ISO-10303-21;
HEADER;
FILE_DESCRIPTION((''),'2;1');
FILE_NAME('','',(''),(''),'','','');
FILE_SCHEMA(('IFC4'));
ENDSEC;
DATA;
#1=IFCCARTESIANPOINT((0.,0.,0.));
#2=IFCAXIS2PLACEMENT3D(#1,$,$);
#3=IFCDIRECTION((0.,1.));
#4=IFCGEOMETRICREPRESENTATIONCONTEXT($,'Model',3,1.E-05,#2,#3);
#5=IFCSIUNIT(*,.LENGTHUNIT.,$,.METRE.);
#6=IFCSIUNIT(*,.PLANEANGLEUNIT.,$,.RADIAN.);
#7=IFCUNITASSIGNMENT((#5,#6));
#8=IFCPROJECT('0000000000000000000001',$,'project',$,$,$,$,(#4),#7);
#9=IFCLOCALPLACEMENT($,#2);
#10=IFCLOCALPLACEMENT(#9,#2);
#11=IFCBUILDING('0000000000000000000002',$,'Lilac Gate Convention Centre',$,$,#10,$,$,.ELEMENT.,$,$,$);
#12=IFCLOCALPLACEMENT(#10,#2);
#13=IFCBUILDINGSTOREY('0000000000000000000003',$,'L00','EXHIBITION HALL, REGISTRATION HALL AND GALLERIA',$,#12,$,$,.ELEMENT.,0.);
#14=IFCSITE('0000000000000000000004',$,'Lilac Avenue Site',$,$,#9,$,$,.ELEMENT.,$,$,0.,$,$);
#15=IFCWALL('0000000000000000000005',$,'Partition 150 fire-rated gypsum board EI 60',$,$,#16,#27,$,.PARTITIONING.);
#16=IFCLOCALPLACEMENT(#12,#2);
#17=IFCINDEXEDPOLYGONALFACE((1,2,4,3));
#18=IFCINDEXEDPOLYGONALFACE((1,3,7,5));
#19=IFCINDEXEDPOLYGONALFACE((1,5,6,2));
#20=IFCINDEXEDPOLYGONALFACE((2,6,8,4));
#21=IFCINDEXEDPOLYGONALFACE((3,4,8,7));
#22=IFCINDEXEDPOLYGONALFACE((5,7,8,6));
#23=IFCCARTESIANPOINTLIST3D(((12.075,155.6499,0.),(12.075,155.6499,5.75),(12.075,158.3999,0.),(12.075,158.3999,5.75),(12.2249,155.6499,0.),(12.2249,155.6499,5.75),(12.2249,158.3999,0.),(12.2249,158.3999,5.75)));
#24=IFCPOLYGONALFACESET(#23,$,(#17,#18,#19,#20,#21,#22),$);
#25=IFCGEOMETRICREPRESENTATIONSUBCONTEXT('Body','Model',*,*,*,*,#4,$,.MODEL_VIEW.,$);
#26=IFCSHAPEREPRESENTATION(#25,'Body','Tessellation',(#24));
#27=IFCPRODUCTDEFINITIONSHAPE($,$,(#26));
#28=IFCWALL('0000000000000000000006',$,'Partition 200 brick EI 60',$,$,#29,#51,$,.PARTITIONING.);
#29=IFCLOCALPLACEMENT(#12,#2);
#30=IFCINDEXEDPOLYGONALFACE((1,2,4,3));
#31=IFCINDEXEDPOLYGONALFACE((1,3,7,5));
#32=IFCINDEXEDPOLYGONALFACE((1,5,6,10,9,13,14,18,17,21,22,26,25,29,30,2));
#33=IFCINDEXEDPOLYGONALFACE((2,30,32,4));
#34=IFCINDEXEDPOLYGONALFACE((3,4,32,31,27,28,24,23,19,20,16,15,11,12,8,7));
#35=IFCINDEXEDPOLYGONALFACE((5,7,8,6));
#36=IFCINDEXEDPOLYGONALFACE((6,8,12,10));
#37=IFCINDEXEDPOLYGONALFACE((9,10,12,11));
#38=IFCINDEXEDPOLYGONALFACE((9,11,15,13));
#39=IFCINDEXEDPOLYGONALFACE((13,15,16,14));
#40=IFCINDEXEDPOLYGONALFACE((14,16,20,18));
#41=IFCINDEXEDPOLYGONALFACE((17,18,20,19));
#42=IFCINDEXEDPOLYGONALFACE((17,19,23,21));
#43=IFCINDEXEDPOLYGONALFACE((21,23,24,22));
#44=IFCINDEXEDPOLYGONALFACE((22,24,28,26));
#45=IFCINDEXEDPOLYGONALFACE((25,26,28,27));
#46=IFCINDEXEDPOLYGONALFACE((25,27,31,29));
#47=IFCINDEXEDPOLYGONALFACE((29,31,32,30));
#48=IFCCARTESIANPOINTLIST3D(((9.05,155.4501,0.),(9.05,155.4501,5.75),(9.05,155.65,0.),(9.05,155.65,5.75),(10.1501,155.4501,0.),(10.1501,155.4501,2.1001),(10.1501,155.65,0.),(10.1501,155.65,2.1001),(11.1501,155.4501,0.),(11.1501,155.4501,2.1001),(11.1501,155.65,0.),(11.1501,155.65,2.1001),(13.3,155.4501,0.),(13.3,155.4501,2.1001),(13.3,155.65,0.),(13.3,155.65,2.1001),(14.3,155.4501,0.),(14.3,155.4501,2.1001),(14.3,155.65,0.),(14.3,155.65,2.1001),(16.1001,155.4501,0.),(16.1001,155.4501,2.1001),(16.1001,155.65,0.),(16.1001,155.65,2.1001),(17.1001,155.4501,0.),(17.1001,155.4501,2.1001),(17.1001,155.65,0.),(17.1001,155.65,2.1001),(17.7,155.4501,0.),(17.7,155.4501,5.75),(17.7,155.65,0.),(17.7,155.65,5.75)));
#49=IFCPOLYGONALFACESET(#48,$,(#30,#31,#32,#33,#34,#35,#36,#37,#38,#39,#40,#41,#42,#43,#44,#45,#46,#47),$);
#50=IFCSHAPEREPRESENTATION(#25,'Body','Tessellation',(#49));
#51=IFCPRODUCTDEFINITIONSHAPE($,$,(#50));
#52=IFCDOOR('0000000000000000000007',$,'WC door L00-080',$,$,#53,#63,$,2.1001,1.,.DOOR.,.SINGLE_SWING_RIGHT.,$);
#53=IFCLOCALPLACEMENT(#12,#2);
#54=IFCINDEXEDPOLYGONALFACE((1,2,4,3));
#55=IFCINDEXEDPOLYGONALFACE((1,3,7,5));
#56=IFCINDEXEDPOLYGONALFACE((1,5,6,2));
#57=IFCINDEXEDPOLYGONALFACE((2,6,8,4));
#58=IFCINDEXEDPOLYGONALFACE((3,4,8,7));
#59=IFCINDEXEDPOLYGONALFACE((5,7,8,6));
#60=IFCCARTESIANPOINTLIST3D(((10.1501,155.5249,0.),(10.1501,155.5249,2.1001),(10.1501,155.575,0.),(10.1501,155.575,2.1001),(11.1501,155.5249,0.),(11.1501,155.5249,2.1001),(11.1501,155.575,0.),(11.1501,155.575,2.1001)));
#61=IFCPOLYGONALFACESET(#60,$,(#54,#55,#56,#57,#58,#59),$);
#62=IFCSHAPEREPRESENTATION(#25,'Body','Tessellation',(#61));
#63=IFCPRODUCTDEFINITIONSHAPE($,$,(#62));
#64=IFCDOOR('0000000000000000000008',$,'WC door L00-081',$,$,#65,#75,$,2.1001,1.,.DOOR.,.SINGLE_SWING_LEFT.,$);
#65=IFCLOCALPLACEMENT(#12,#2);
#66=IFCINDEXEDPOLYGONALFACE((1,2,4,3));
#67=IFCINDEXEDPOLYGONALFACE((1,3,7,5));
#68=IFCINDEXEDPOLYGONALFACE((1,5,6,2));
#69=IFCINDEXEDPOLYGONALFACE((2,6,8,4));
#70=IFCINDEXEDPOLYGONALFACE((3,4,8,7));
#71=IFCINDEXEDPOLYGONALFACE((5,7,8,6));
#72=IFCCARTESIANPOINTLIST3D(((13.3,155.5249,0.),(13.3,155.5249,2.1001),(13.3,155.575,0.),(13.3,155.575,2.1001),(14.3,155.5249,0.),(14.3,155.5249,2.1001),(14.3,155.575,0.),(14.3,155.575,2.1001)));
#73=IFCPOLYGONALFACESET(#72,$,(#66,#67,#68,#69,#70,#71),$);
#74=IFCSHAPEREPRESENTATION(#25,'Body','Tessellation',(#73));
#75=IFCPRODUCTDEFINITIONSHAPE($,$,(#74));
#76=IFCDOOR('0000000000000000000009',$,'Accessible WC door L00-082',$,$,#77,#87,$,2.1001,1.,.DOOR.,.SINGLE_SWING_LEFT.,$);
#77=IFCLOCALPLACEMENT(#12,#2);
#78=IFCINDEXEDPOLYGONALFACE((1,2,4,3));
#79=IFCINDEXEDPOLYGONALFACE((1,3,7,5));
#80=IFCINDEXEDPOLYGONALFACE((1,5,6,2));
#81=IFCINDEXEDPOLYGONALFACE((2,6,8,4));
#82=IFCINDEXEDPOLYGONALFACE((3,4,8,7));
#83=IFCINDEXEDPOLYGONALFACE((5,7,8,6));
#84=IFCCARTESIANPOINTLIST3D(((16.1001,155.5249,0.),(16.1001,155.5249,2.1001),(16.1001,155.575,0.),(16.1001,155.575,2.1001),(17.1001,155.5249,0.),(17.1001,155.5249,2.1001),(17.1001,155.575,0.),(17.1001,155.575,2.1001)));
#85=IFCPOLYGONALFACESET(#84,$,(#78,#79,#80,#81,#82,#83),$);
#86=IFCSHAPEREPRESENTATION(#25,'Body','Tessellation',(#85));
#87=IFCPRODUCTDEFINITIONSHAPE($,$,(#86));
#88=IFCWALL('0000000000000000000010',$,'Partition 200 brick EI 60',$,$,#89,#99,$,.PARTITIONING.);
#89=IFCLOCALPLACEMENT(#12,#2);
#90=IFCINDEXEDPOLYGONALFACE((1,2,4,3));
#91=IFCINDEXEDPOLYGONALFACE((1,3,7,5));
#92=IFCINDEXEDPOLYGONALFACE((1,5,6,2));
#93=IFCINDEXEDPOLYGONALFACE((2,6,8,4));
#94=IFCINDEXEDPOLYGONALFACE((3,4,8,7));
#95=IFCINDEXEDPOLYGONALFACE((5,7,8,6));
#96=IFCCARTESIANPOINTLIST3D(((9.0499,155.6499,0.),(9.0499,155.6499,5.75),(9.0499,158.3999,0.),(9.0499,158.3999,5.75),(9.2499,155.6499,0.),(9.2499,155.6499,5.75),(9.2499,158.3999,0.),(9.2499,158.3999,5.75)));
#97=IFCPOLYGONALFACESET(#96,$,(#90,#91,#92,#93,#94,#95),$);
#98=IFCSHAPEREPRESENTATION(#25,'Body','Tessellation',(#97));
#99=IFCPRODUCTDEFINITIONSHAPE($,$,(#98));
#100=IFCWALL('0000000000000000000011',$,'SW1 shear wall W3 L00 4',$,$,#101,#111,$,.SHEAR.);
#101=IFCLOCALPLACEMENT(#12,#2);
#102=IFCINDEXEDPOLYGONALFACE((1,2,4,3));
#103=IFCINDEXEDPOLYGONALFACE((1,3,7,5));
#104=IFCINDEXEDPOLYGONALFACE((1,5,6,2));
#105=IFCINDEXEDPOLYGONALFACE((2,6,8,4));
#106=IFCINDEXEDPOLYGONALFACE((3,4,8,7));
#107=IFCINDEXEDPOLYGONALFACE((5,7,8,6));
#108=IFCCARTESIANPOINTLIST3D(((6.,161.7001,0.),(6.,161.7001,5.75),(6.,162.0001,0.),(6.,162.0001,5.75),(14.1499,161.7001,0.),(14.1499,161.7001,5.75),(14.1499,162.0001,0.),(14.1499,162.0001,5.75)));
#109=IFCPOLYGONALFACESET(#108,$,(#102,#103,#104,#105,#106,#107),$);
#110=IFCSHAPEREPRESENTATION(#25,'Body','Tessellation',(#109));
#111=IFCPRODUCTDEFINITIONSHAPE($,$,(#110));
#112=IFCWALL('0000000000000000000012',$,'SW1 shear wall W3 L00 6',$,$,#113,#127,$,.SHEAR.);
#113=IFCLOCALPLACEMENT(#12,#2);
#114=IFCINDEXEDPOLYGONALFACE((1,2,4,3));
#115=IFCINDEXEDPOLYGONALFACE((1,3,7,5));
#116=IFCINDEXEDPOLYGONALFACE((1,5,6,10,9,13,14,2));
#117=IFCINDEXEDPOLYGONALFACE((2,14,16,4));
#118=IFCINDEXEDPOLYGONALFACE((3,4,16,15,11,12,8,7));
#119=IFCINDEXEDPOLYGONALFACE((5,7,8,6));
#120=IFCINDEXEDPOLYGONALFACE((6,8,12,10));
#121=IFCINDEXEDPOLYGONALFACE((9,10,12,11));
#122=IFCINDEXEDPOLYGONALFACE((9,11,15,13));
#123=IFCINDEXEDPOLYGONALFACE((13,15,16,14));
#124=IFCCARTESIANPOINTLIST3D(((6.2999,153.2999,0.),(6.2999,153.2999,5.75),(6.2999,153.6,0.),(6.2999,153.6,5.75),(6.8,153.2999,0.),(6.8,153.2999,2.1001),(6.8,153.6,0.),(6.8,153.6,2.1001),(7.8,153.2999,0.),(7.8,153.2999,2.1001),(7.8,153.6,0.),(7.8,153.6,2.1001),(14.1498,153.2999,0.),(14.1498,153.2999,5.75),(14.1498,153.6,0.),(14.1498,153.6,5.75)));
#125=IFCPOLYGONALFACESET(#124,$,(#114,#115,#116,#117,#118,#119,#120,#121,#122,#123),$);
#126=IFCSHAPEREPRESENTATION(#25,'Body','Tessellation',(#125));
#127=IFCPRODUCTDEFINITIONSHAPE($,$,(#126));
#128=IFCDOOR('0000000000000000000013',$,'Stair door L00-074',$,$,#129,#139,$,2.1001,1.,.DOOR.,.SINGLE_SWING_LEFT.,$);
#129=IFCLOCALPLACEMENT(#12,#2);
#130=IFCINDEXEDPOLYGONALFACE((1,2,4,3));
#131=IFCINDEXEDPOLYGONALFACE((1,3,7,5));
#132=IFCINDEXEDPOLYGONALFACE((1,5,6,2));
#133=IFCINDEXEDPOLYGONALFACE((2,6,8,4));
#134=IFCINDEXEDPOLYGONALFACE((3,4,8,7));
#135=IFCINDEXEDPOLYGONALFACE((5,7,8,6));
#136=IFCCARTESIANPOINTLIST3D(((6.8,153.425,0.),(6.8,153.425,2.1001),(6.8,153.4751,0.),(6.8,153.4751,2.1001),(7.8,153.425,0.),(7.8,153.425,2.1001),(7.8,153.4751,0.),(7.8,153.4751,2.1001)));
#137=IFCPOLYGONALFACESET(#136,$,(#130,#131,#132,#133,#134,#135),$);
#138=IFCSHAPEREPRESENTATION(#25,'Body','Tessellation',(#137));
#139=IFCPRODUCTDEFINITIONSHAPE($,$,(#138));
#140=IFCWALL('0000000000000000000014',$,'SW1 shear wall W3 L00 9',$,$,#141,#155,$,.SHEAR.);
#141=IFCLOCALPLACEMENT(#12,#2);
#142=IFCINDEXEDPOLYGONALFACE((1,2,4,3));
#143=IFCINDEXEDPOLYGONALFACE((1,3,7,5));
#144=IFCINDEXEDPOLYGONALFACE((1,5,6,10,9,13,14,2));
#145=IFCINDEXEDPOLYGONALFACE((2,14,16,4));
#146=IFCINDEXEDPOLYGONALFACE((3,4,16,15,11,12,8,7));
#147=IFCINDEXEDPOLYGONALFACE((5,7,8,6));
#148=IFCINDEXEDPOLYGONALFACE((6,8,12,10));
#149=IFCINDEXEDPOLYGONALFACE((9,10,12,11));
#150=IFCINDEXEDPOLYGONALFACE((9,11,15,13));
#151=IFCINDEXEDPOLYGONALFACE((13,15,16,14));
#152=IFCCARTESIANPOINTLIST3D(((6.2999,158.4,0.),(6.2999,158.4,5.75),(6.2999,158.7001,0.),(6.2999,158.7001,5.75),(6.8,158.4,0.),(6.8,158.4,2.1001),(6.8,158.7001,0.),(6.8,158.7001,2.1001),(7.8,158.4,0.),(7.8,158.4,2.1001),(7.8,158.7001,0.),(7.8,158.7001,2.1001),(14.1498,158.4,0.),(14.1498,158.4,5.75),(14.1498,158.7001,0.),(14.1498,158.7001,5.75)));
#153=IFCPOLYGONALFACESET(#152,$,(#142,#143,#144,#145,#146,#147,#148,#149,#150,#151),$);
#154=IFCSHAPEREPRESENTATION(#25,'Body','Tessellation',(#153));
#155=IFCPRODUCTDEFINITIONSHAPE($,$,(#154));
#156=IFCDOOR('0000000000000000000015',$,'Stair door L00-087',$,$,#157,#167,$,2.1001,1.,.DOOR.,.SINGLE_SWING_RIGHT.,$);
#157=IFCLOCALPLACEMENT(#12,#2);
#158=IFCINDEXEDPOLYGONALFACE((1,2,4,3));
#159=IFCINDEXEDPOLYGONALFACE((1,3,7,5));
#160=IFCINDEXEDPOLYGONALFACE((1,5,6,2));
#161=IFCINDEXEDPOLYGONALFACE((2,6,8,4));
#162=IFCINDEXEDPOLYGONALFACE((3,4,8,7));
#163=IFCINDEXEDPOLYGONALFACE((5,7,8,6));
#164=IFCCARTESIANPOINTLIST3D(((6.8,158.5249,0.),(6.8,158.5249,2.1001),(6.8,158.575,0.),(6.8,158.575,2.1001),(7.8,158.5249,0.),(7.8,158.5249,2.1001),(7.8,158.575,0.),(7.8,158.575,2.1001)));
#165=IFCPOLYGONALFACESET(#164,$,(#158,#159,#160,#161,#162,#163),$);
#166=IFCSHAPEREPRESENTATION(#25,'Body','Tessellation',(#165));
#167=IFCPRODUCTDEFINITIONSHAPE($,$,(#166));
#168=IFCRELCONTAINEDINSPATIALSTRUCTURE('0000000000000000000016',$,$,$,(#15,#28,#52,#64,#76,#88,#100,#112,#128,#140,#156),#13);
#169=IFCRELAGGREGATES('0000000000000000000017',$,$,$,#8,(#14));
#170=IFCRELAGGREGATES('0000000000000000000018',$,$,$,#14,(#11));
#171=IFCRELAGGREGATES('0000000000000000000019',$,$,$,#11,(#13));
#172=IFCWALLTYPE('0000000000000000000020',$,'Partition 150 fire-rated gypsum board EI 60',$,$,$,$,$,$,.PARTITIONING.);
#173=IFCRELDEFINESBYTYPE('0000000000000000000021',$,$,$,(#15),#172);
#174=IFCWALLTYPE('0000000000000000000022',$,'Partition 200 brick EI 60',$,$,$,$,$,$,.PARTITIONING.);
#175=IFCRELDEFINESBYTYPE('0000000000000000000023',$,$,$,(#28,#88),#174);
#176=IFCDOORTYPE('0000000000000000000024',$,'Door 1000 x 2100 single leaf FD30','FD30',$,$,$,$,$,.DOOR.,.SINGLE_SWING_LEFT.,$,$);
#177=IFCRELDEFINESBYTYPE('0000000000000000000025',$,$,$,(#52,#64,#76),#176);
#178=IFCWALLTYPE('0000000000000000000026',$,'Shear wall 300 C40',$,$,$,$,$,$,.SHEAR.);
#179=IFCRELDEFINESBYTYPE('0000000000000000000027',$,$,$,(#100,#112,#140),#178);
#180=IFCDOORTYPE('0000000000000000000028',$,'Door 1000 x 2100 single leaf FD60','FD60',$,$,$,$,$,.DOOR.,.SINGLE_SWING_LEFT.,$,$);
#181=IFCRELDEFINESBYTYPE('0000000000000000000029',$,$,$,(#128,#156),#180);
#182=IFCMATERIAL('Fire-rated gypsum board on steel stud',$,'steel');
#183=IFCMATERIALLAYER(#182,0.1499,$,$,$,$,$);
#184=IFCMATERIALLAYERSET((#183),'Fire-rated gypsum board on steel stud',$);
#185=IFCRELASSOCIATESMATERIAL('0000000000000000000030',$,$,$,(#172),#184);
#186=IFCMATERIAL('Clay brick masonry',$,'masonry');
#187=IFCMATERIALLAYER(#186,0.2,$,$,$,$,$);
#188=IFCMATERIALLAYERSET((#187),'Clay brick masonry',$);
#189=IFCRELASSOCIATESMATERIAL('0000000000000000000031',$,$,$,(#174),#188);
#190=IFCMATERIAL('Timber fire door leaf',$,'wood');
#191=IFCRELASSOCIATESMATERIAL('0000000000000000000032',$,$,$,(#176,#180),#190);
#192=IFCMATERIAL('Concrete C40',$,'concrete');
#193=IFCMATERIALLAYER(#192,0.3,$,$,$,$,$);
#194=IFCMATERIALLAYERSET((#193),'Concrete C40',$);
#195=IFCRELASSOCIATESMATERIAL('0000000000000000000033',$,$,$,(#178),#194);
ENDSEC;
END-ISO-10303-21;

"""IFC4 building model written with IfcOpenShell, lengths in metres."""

from ifc_helpers import new_model, si_unit, direction, frame, frame_2d, origin, place, context, subcontext, project, spatial, rectangle, extrude, material, layer, layer_set, type_object, element, fill, save


model = new_model("IFC4")

# Units and contexts
model_context = context("Model", 3, precision=1e-05, world=origin(), true_north=direction((0.0, 1.0)))
body_context = subcontext(model_context, "Body", "Model", "MODEL_VIEW")
ifc_project = project(units=[si_unit("LENGTHUNIT", "METRE"), si_unit("PLANEANGLEUNIT", "RADIAN")], contexts=[model_context])

# Site, building, storey
site_placement = place(None, origin())
site = spatial("IfcSite", under=ifc_project, at=site_placement, Name="Lilac Avenue Site", CompositionType="ELEMENT", RefElevation=0.0)
building_placement = place(site_placement, origin())
building = spatial("IfcBuilding", under=site, at=building_placement, Name="Lilac Gate Convention Centre", CompositionType="ELEMENT")
storey_placement = place(building_placement, origin())
storey = spatial("IfcBuildingStorey", under=building, at=storey_placement, Name="L00", Description="EXHIBITION HALL, REGISTRATION HALL AND GALLERIA", CompositionType="ELEMENT", Elevation=0.0)

# Wall
ifc_material_1 = material(Name="Fire-rated gypsum board on steel stud", Category="steel")
ifc_layer_1 = layer(ifc_material_1, 0.1499)
ifc_layer_set_1 = layer_set([ifc_layer_1], Name="Fire-rated gypsum board on steel stud")
wall_type_1 = type_object("IfcWallType", Name="Partition 150 fire-rated gypsum board EI 60", PredefinedType="PARTITIONING", material=ifc_layer_set_1)
wall_1_placement = place(storey_placement, frame((12.1499, 155.6499, 0.0), z_axis=(0.0, 0.0, 1.0), x_axis=(0.0, 1.0, 0.0)))
element("IfcWall", 1, at=wall_1_placement, inside=storey, type_object=wall_type_1, Name="Partition 150 fire-rated gypsum board EI 60", PredefinedType="PARTITIONING", context=body_context, shape_type="SweptSolid", body=[
    extrude(rectangle(XDim=2.75, YDim=0.1499, at=frame_2d((1.375, 0.0))), origin(), (0.0, 0.0, 1.0), 5.75),
])

# Wall, openings, doors
ifc_material_2 = material(Name="Clay brick masonry", Category="masonry")
ifc_layer_2 = layer(ifc_material_2, 0.2)
ifc_layer_set_2 = layer_set([ifc_layer_2], Name="Clay brick masonry")
wall_type_2 = type_object("IfcWallType", Name="Partition 200 brick EI 60", PredefinedType="PARTITIONING", material=ifc_layer_set_2)
wall_2_placement = place(storey_placement, frame((9.05, 155.55, 0.0), z_axis=(0.0, 0.0, 1.0), x_axis=(1.0, 0.0, 0.0)))
wall_2 = element("IfcWall", 2, at=wall_2_placement, inside=storey, type_object=wall_type_2, Name="Partition 200 brick EI 60", PredefinedType="PARTITIONING", context=body_context, shape_type="SweptSolid", body=[
    extrude(rectangle(XDim=8.6499, YDim=0.2, at=frame_2d((4.325, 0.0))), origin(), (0.0, 0.0, 1.0), 5.75),
])
opening_1_placement = place(wall_2_placement, frame((1.1001, 0.0, 0.0)))
opening_1 = element("IfcOpeningElement", 3, at=opening_1_placement, cuts=wall_2, PredefinedType="OPENING", context=body_context, shape_type="SweptSolid", body=[
    extrude(rectangle(XDim=1.0, YDim=2.1001, at=frame_2d((0.5, 1.05))), frame((0.0, 0.1099, 0.0), z_axis=(0.0, -1.0, 0.0), x_axis=(1.0, 0.0, 0.0)), (0.0, 0.0, 1.0), 0.22),
])
opening_2_placement = place(wall_2_placement, frame((4.25, 0.0, 0.0)))
opening_2 = element("IfcOpeningElement", 4, at=opening_2_placement, cuts=wall_2, PredefinedType="OPENING", context=body_context, shape_type="SweptSolid", body=[
    extrude(rectangle(XDim=1.0, YDim=2.1001, at=frame_2d((0.5, 1.05))), frame((0.0, 0.1099, 0.0), z_axis=(0.0, -1.0, 0.0), x_axis=(1.0, 0.0, 0.0)), (0.0, 0.0, 1.0), 0.22),
])
opening_3_placement = place(wall_2_placement, frame((7.05, 0.0, 0.0)))
opening_3 = element("IfcOpeningElement", 5, at=opening_3_placement, cuts=wall_2, PredefinedType="OPENING", context=body_context, shape_type="SweptSolid", body=[
    extrude(rectangle(XDim=1.0, YDim=2.1001, at=frame_2d((0.5, 1.05))), frame((0.0, 0.1099, 0.0), z_axis=(0.0, -1.0, 0.0), x_axis=(1.0, 0.0, 0.0)), (0.0, 0.0, 1.0), 0.22),
])
ifc_material_3 = material(Name="Timber fire door leaf", Category="wood")
door_type_1 = type_object("IfcDoorType", Name="Door 1000 x 2100 single leaf FD30", Description="FD30", OperationType="SINGLE_SWING_LEFT", PredefinedType="DOOR", material=ifc_material_3)
door_1_placement = place(opening_1_placement, origin())
door_1 = element("IfcDoor", 6, at=door_1_placement, inside=storey, type_object=door_type_1, Name="WC door L00-080", OperationType="SINGLE_SWING_RIGHT", OverallHeight=2.1001, OverallWidth=1.0, PredefinedType="DOOR", context=body_context, shape_type="SweptSolid", body=[
    extrude(rectangle(XDim=1.0, YDim=2.1001, at=frame_2d((0.5, 1.05))), frame((0.0, 0.0249, 0.0), z_axis=(0.0, -1.0, 0.0), x_axis=(1.0, 0.0, 0.0)), (0.0, 0.0, 1.0), 0.05),
])
fill(opening_1, door_1)
door_2_placement = place(opening_2_placement, origin())
door_2 = element("IfcDoor", 7, at=door_2_placement, inside=storey, type_object=door_type_1, Name="WC door L00-081", OperationType="SINGLE_SWING_LEFT", OverallHeight=2.1001, OverallWidth=1.0, PredefinedType="DOOR", context=body_context, shape_type="SweptSolid", body=[
    extrude(rectangle(XDim=1.0, YDim=2.1001, at=frame_2d((0.5, 1.05))), frame((0.0, 0.0249, 0.0), z_axis=(0.0, -1.0, 0.0), x_axis=(1.0, 0.0, 0.0)), (0.0, 0.0, 1.0), 0.05),
])
fill(opening_2, door_2)
door_3_placement = place(opening_3_placement, origin())
door_3 = element("IfcDoor", 8, at=door_3_placement, inside=storey, type_object=door_type_1, Name="Accessible WC door L00-082", OperationType="SINGLE_SWING_LEFT", OverallHeight=2.1001, OverallWidth=1.0, PredefinedType="DOOR", context=body_context, shape_type="SweptSolid", body=[
    extrude(rectangle(XDim=1.0, YDim=2.1001, at=frame_2d((0.5, 1.05))), frame((0.0, 0.0249, 0.0), z_axis=(0.0, -1.0, 0.0), x_axis=(1.0, 0.0, 0.0)), (0.0, 0.0, 1.0), 0.05),
])
fill(opening_3, door_3)

# Walls
wall_3_placement = place(storey_placement, frame((9.1499, 155.6499, 0.0), z_axis=(0.0, 0.0, 1.0), x_axis=(0.0, 1.0, 0.0)))
element("IfcWall", 9, at=wall_3_placement, inside=storey, type_object=wall_type_2, Name="Partition 200 brick EI 60", PredefinedType="PARTITIONING", context=body_context, shape_type="SweptSolid", body=[
    extrude(rectangle(XDim=2.75, YDim=0.2, at=frame_2d((1.375, 0.0))), origin(), (0.0, 0.0, 1.0), 5.75),
])
ifc_material_4 = material(Name="Concrete C40", Category="concrete")
ifc_layer_3 = layer(ifc_material_4, 0.3)
ifc_layer_set_3 = layer_set([ifc_layer_3], Name="Concrete C40")
wall_type_3 = type_object("IfcWallType", Name="Shear wall 300 C40", PredefinedType="SHEAR", material=ifc_layer_set_3)
wall_4_placement = place(storey_placement, frame((6.0, 161.8501, 0.0), z_axis=(0.0, 0.0, 1.0), x_axis=(1.0, 0.0, 0.0)))
element("IfcWall", 10, at=wall_4_placement, inside=storey, type_object=wall_type_3, Name="SW1 shear wall W3 L00 4", PredefinedType="SHEAR", context=body_context, shape_type="SweptSolid", body=[
    extrude(rectangle(XDim=8.1499, YDim=0.3, at=frame_2d((4.075, 0.0))), origin(), (0.0, 0.0, 1.0), 5.75),
])

# Walls, openings, doors
wall_5_placement = place(storey_placement, frame((6.3, 153.45, 0.0), z_axis=(0.0, 0.0, 1.0), x_axis=(1.0, 0.0, 0.0)))
wall_5 = element("IfcWall", 11, at=wall_5_placement, inside=storey, type_object=wall_type_3, Name="SW1 shear wall W3 L00 6", PredefinedType="SHEAR", context=body_context, shape_type="SweptSolid", body=[
    extrude(rectangle(XDim=7.8499, YDim=0.3, at=frame_2d((3.9248, 0.0))), origin(), (0.0, 0.0, 1.0), 5.75),
])
opening_4_placement = place(wall_5_placement, frame((0.5, 0.0, 0.0)))
opening_4 = element("IfcOpeningElement", 12, at=opening_4_placement, cuts=wall_5, PredefinedType="OPENING", context=body_context, shape_type="SweptSolid", body=[
    extrude(rectangle(XDim=1.0, YDim=2.1001, at=frame_2d((0.5, 1.05))), frame((0.0, 0.1599, 0.0), z_axis=(0.0, -1.0, 0.0), x_axis=(1.0, 0.0, 0.0)), (0.0, 0.0, 1.0), 0.3201),
])
door_type_2 = type_object("IfcDoorType", Name="Door 1000 x 2100 single leaf FD60", Description="FD60", OperationType="SINGLE_SWING_LEFT", PredefinedType="DOOR", material=ifc_material_3)
door_4_placement = place(opening_4_placement, frame((1.0, 0.0, 0.0), z_axis=(0.0, 0.0, 1.0), x_axis=(-1.0, 0.0, 0.0)))
door_4 = element("IfcDoor", 13, at=door_4_placement, inside=storey, type_object=door_type_2, Name="Stair door L00-074", OperationType="SINGLE_SWING_LEFT", OverallHeight=2.1001, OverallWidth=1.0, PredefinedType="DOOR", context=body_context, shape_type="SweptSolid", body=[
    extrude(rectangle(XDim=1.0, YDim=2.1001, at=frame_2d((0.5, 1.05))), frame((0.0, 0.0249, 0.0), z_axis=(0.0, -1.0, 0.0), x_axis=(1.0, 0.0, 0.0)), (0.0, 0.0, 1.0), 0.05),
])
fill(opening_4, door_4)
wall_6_placement = place(storey_placement, frame((6.3, 158.55, 0.0), z_axis=(0.0, 0.0, 1.0), x_axis=(1.0, 0.0, 0.0)))
wall_6 = element("IfcWall", 14, at=wall_6_placement, inside=storey, type_object=wall_type_3, Name="SW1 shear wall W3 L00 9", PredefinedType="SHEAR", context=body_context, shape_type="SweptSolid", body=[
    extrude(rectangle(XDim=7.8499, YDim=0.3, at=frame_2d((3.9248, 0.0))), origin(), (0.0, 0.0, 1.0), 5.75),
])
opening_5_placement = place(wall_6_placement, frame((0.5, 0.0, 0.0)))
opening_5 = element("IfcOpeningElement", 15, at=opening_5_placement, cuts=wall_6, PredefinedType="OPENING", context=body_context, shape_type="SweptSolid", body=[
    extrude(rectangle(XDim=1.0, YDim=2.1001, at=frame_2d((0.5, 1.05))), frame((0.0, 0.1599, 0.0), z_axis=(0.0, -1.0, 0.0), x_axis=(1.0, 0.0, 0.0)), (0.0, 0.0, 1.0), 0.3201),
])
door_5_placement = place(opening_5_placement, origin())
door_5 = element("IfcDoor", 16, at=door_5_placement, inside=storey, type_object=door_type_2, Name="Stair door L00-087", OperationType="SINGLE_SWING_RIGHT", OverallHeight=2.1001, OverallWidth=1.0, PredefinedType="DOOR", context=body_context, shape_type="SweptSolid", body=[
    extrude(rectangle(XDim=1.0, YDim=2.1001, at=frame_2d((0.5, 1.05))), frame((0.0, 0.0249, 0.0), z_axis=(0.0, -1.0, 0.0), x_axis=(1.0, 0.0, 0.0)), (0.0, 0.0, 1.0), 0.05),
])
fill(opening_5, door_5)

save(model, "model.ifc")
